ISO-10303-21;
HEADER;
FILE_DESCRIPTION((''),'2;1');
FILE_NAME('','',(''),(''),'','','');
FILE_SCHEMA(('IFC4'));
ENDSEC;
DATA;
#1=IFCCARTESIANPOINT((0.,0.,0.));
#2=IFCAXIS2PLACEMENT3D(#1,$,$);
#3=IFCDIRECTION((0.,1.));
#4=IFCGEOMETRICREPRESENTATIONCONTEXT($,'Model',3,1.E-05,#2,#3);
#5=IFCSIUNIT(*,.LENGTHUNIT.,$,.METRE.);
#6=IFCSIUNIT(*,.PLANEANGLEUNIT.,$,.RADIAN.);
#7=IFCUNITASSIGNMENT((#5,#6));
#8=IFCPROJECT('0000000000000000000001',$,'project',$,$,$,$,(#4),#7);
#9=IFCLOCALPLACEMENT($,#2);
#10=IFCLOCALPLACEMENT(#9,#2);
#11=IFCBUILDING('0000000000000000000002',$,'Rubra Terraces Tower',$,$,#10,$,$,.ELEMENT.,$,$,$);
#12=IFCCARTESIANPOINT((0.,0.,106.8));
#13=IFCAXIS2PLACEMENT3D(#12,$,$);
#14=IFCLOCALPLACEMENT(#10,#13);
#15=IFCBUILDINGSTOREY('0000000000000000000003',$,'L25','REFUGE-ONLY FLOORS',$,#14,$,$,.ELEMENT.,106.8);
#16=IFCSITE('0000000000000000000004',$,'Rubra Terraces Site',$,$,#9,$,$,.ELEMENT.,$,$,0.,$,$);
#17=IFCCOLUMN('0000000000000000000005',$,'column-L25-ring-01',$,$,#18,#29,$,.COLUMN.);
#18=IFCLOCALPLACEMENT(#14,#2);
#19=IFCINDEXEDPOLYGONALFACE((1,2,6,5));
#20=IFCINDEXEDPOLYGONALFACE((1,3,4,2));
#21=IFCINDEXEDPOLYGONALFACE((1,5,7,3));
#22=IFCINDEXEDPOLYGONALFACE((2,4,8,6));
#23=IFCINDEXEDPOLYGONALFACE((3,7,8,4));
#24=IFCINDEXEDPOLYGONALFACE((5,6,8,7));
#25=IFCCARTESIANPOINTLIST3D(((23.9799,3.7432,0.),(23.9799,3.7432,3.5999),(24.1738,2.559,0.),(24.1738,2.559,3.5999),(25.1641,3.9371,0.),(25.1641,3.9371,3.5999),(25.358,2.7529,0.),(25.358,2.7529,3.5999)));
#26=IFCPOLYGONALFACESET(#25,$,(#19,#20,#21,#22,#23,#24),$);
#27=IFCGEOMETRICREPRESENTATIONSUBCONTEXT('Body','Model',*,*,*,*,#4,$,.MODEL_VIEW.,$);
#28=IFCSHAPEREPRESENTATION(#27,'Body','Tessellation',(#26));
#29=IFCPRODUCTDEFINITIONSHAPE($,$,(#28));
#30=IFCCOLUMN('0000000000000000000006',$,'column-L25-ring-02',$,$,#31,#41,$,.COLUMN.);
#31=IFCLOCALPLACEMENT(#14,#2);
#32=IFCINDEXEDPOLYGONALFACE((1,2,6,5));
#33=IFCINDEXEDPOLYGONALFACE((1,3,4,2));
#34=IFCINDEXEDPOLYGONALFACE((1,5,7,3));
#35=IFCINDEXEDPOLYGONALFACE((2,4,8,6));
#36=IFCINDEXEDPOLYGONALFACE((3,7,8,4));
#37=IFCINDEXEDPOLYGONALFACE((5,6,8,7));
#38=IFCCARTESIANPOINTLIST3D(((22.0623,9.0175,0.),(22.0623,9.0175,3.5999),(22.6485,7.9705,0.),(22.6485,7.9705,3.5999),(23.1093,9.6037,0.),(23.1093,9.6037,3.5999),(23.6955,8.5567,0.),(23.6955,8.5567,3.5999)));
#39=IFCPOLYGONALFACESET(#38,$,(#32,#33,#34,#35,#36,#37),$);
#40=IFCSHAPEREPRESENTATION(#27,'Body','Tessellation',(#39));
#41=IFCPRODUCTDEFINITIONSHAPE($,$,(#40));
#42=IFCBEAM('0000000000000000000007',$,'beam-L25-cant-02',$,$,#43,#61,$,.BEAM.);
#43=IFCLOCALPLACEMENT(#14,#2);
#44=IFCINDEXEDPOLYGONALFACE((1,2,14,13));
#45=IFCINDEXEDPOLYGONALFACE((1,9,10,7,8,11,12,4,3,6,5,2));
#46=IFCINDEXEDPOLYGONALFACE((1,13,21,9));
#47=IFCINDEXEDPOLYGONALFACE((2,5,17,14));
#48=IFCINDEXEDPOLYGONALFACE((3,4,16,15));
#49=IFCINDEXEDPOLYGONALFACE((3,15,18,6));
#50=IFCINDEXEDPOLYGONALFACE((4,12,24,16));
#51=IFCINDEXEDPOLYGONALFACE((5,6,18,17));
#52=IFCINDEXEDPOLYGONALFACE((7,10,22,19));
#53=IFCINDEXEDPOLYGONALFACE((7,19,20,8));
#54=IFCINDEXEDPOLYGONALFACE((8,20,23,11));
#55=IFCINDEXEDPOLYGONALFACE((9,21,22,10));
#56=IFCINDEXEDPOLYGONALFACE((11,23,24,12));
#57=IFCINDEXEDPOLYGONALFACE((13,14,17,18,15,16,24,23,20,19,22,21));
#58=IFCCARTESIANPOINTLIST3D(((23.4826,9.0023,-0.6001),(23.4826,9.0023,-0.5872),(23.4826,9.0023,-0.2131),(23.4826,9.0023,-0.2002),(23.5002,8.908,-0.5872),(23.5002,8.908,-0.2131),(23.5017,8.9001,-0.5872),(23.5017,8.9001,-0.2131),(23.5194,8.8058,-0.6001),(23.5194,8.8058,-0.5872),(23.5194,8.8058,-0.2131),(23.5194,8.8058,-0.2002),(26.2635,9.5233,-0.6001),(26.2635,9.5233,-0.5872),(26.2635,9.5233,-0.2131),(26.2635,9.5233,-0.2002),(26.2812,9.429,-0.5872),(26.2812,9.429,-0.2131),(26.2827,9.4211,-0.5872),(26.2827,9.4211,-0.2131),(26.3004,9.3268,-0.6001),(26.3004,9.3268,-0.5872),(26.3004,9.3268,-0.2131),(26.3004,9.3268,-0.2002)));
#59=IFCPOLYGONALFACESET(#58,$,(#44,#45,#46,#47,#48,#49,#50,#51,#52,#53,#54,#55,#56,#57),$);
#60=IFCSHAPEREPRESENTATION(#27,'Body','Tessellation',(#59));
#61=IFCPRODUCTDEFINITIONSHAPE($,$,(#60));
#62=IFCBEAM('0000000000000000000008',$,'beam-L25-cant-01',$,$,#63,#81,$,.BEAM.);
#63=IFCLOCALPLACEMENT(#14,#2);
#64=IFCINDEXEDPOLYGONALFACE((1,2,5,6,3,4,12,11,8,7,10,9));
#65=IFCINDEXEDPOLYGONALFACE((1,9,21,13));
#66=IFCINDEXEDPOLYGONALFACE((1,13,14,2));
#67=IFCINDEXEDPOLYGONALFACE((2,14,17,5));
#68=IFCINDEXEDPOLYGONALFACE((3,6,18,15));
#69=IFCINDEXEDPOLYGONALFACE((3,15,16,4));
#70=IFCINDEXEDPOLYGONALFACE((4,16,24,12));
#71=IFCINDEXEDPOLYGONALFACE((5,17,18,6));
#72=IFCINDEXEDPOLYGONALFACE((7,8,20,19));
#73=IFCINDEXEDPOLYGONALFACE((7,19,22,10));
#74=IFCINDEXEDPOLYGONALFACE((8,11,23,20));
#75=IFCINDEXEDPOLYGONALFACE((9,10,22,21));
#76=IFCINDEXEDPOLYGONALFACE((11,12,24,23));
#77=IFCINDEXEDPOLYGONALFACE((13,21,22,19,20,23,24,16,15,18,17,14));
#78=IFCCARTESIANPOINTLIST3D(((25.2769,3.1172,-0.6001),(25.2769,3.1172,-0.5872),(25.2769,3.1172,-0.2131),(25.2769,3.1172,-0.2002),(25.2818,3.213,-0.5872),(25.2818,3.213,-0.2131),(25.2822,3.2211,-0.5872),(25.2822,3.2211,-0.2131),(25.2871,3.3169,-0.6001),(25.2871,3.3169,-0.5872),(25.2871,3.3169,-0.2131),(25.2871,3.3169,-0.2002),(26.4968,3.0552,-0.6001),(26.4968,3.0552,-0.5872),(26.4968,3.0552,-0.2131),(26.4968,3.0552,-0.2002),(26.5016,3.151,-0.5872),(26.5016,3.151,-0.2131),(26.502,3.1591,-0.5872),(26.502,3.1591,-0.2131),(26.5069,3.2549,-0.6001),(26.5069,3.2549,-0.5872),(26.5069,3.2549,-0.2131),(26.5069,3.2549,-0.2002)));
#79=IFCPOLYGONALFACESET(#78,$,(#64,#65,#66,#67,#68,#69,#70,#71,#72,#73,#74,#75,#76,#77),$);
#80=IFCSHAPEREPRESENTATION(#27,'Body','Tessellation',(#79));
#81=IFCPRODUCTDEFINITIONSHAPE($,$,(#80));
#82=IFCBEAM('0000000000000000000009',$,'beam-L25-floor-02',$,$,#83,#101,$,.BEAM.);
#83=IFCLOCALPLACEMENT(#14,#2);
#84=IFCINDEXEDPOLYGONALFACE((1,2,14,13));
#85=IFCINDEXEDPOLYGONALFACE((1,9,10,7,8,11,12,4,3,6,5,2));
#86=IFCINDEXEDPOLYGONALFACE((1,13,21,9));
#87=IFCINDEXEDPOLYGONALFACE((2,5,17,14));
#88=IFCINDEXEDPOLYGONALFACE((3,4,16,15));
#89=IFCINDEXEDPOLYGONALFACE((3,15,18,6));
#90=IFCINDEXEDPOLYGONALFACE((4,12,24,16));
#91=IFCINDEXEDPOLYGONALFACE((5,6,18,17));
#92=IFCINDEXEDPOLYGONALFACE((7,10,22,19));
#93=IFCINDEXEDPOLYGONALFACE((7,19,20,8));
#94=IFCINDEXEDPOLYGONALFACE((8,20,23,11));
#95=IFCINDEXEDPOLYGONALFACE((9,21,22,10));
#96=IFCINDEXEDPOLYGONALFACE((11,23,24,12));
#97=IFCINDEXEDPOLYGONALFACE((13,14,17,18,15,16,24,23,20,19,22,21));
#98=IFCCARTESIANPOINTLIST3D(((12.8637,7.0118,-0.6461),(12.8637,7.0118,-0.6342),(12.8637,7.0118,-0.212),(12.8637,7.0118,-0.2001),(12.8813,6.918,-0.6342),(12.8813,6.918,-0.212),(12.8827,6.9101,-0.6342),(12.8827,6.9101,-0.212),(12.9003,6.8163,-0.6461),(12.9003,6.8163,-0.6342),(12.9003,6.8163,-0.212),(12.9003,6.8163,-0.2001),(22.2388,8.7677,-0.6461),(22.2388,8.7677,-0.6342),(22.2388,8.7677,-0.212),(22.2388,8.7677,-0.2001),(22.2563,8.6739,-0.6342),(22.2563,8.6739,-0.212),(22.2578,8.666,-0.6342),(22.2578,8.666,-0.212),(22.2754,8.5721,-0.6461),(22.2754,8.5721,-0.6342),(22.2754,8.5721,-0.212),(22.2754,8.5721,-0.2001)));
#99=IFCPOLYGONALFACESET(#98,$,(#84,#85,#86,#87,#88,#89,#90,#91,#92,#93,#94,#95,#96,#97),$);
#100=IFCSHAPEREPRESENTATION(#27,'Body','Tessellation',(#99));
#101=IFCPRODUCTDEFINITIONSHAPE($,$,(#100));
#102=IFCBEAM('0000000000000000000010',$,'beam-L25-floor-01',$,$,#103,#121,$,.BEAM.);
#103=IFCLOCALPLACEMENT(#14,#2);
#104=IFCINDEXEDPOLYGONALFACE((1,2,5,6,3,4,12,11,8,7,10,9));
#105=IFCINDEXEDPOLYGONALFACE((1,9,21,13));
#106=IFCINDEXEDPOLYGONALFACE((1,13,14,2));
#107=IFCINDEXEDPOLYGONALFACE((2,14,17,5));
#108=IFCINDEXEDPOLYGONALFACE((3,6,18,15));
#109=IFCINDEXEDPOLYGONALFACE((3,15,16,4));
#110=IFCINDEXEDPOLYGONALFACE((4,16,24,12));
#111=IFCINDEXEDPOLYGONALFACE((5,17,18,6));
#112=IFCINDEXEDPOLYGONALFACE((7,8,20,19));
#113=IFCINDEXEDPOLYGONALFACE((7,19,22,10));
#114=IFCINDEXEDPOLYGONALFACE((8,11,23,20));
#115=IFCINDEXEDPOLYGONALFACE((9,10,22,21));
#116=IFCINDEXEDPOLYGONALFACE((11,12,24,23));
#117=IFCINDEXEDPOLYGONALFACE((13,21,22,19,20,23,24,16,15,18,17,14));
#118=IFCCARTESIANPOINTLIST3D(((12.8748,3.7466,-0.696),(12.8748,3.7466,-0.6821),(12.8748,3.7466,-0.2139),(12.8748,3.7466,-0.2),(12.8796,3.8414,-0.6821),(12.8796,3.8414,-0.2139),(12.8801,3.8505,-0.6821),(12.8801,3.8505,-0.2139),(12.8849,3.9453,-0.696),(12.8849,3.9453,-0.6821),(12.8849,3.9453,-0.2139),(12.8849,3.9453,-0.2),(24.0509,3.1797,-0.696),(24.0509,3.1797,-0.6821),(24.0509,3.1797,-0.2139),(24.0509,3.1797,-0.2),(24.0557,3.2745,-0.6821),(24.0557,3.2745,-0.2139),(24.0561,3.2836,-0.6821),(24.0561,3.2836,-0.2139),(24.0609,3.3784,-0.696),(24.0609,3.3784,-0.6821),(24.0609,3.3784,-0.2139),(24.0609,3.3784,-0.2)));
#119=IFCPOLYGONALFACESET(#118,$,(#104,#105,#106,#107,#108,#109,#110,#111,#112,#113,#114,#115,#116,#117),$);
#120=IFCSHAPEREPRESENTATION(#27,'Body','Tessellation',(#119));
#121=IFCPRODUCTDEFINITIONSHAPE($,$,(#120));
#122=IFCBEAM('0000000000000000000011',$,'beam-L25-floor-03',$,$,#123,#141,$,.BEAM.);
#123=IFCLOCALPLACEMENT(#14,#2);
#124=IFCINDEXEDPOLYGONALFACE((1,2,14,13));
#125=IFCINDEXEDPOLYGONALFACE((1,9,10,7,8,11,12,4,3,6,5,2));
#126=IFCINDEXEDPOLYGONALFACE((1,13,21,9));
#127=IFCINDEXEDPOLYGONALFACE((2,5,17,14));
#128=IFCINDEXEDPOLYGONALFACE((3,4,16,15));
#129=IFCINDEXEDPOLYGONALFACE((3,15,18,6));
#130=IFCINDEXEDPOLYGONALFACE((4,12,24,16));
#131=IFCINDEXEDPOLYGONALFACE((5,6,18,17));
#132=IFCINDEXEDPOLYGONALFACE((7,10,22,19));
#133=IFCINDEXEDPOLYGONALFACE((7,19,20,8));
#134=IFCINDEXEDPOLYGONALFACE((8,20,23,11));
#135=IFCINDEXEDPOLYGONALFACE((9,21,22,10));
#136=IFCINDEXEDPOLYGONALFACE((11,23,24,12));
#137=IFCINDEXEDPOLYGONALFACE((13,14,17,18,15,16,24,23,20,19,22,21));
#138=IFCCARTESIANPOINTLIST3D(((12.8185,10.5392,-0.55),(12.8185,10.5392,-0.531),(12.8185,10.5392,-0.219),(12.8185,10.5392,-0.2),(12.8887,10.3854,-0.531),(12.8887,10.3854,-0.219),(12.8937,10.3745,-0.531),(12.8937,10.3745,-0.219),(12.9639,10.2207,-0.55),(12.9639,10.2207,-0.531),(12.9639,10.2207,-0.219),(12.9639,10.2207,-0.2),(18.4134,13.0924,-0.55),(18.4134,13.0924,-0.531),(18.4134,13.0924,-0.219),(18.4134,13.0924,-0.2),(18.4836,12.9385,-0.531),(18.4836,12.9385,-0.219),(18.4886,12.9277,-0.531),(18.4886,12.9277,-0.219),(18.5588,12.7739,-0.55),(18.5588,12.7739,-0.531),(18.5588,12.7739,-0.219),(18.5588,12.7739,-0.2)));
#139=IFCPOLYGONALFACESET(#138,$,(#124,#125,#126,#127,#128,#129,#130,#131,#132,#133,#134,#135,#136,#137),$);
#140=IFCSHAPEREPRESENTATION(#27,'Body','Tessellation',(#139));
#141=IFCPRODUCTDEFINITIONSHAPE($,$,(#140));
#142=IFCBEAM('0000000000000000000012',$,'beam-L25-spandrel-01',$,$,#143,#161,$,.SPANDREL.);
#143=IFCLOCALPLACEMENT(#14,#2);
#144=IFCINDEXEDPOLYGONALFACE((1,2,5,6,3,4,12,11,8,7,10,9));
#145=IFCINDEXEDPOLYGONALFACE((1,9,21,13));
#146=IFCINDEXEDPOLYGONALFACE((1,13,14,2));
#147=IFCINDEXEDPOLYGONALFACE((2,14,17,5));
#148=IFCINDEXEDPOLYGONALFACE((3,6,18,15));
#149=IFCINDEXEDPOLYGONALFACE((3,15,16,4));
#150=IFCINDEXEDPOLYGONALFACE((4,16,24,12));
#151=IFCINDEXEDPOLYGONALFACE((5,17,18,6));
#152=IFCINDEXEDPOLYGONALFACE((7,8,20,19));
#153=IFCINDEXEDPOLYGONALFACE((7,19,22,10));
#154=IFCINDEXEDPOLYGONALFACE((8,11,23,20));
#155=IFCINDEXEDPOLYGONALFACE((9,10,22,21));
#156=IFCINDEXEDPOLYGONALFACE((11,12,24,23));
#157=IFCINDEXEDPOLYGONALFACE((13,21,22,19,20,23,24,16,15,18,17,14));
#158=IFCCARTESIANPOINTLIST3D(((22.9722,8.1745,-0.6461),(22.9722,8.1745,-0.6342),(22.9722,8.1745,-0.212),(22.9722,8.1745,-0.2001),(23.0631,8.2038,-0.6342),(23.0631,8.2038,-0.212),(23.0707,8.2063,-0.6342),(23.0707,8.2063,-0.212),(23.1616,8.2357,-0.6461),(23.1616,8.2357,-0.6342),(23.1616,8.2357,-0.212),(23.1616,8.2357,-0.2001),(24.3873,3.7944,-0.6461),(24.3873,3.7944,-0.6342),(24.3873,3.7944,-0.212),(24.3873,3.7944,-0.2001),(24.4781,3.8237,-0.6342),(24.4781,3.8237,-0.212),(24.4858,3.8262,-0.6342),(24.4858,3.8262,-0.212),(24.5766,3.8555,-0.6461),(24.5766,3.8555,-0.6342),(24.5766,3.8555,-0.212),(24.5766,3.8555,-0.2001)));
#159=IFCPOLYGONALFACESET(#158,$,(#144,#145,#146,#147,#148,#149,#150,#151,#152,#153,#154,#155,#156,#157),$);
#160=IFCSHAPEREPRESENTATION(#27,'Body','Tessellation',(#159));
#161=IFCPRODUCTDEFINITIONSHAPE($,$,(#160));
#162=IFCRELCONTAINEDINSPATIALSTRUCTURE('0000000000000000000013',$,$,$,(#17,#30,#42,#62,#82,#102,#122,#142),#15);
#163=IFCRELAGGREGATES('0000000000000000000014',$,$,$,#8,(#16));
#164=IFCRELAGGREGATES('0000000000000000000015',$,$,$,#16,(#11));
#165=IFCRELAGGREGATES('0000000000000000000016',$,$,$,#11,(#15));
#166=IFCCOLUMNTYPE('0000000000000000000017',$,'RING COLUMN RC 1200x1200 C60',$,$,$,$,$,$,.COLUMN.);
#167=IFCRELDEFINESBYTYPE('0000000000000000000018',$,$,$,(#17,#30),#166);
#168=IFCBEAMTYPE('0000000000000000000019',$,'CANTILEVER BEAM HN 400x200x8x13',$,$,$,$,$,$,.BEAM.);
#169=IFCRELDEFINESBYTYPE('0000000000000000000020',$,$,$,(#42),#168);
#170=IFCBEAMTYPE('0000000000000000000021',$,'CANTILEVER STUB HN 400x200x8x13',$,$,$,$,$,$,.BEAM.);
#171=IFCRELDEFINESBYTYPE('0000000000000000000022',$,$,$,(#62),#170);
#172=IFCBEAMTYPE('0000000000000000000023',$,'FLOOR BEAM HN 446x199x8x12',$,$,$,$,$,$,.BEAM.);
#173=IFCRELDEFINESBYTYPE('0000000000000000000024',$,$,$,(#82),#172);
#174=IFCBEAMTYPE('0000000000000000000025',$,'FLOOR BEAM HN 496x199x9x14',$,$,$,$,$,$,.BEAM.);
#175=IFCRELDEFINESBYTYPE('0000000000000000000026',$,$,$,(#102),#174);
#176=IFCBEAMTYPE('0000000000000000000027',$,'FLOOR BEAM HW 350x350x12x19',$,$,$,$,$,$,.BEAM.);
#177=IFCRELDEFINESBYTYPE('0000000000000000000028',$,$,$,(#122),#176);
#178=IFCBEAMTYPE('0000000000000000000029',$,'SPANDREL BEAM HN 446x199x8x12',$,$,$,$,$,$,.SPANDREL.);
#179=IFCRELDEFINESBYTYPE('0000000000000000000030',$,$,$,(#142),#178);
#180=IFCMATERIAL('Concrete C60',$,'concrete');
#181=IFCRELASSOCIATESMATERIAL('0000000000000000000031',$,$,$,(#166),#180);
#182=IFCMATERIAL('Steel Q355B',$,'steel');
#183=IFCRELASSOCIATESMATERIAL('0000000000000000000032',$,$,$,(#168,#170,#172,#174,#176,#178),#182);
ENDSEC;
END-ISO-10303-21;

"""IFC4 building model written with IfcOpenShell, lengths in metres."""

from ifc_helpers import new_model, si_unit, direction, frame, origin, origin_2d, place, context, subcontext, project, spatial, rectangle, i_section, extrude, material, material_profile, profile_set, type_object, element, save


model = new_model("IFC4")

# Units and contexts
model_context = context("Model", 3, precision=1e-05, world=origin(), true_north=direction((0.0, 1.0)))
body_context = subcontext(model_context, "Body", "Model", "MODEL_VIEW")
ifc_project = project(units=[si_unit("LENGTHUNIT", "METRE"), si_unit("PLANEANGLEUNIT", "RADIAN")], contexts=[model_context])

# Site, building, storey
site_placement = place(None, origin())
site = spatial("IfcSite", under=ifc_project, at=site_placement, Name="Rubra Terraces Site", CompositionType="ELEMENT", RefElevation=0.0)
building_placement = place(site_placement, origin())
building = spatial("IfcBuilding", under=site, at=building_placement, Name="Rubra Terraces Tower", CompositionType="ELEMENT")
storey_placement = place(building_placement, frame((0.0, 0.0, 106.8)))
storey = spatial("IfcBuildingStorey", under=building, at=storey_placement, Name="L25", Description="REFUGE-ONLY FLOORS", CompositionType="ELEMENT", Elevation=106.8)

# Columns
ifc_material_1 = material(Name="Concrete C60", Category="concrete")
ifc_material_profile_1 = material_profile(ifc_material_1, rectangle(XDim=1.2, YDim=1.2, at=origin_2d()), Name="RC 1200x1200")
ifc_profile_set_1 = profile_set([ifc_material_profile_1], Name="Concrete C60")
column_type = type_object("IfcColumnType", Name="RING COLUMN RC 1200x1200 C60", PredefinedType="COLUMN", material=ifc_profile_set_1)
for number, where, z_axis, x_axis, name in (
    (1, (24.6689, 3.248, 0.0), (0.0, 0.0, 1.0), (-0.161559, 0.986863, 0.0), "column-L25-ring-01"),
    (2, (22.8789, 8.7871, 0.0), (0.0, 0.0, 1.0), (-0.488526, 0.872549, 0.0), "column-L25-ring-02"),
):
    element("IfcColumn", number, at=place(storey_placement, frame(where, z_axis=z_axis, x_axis=x_axis)), inside=storey, type_object=column_type, Name=name, PredefinedType="COLUMN", context=body_context, shape_type="SweptSolid", body=[
        extrude(rectangle(XDim=1.2, YDim=1.2, at=origin_2d()), origin(), (0.0, 0.0, 1.0), 3.5999),
    ])

# Beams
ifc_material_2 = material(Name="Steel Q355B", Category="steel")
ifc_material_profile_2 = material_profile(ifc_material_2, i_section(OverallWidth=0.2, OverallDepth=0.3999, WebThickness=0.0081, FlangeThickness=0.0129, at=origin_2d()), Name="HN 400x200x8x13")
ifc_profile_set_2 = profile_set([ifc_material_profile_2], Name="Steel Q355B")
beam_type_1 = type_object("IfcBeamType", Name="CANTILEVER BEAM HN 400x200x8x13", PredefinedType="BEAM", material=ifc_profile_set_2)
beam_1_placement = place(storey_placement, frame((23.501, 8.9041, -0.4001), z_axis=(0.982901, 0.184137, 0.0), x_axis=(-0.184137, 0.982901, 0.0)))
element("IfcBeam", 3, at=beam_1_placement, inside=storey, type_object=beam_type_1, Name="beam-L25-cant-02", PredefinedType="BEAM", context=body_context, shape_type="SweptSolid", body=[
    extrude(i_section(OverallWidth=0.2, OverallDepth=0.3999, WebThickness=0.0081, FlangeThickness=0.0129, at=origin_2d()), origin(), (0.0, 0.0, 1.0), 2.8293),
])
ifc_material_profile_3 = material_profile(ifc_material_2, i_section(OverallWidth=0.2, OverallDepth=0.3999, WebThickness=0.0081, FlangeThickness=0.0129, at=origin_2d()), Name="HN 400x200x8x13")
ifc_profile_set_3 = profile_set([ifc_material_profile_3], Name="Steel Q355B")
beam_type_2 = type_object("IfcBeamType", Name="CANTILEVER STUB HN 400x200x8x13", PredefinedType="BEAM", material=ifc_profile_set_3)
beam_2_placement = place(storey_placement, frame((25.282, 3.217, -0.4001), z_axis=(0.998711, -0.050765, 0.0), x_axis=(0.050765, 0.998711, 0.0)))
element("IfcBeam", 4, at=beam_2_placement, inside=storey, type_object=beam_type_2, Name="beam-L25-cant-01", PredefinedType="BEAM", context=body_context, shape_type="SweptSolid", body=[
    extrude(i_section(OverallWidth=0.2, OverallDepth=0.3999, WebThickness=0.0081, FlangeThickness=0.0129, at=origin_2d()), origin(), (0.0, 0.0, 1.0), 1.2214),
])
ifc_material_profile_4 = material_profile(ifc_material_2, i_section(OverallWidth=0.199, OverallDepth=0.446, WebThickness=0.0081, FlangeThickness=0.012, at=origin_2d()), Name="HN 446x199x8x12")
ifc_profile_set_4 = profile_set([ifc_material_profile_4], Name="Steel Q355B")
beam_type_3 = type_object("IfcBeamType", Name="FLOOR BEAM HN 446x199x8x12", PredefinedType="BEAM", material=ifc_profile_set_4)
beam_3_placement = place(storey_placement, frame((22.2571, 8.6699, -0.4231), z_axis=(-0.982909, -0.184091, 0.0), x_axis=(0.184091, -0.982909, 0.0)))
element("IfcBeam", 5, at=beam_3_placement, inside=storey, type_object=beam_type_3, Name="beam-L25-floor-02", PredefinedType="BEAM", context=body_context, shape_type="SweptSolid", body=[
    extrude(i_section(OverallWidth=0.199, OverallDepth=0.446, WebThickness=0.0081, FlangeThickness=0.012, at=origin_2d()), origin(), (0.0, 0.0, 1.0), 9.5381),
])
ifc_material_profile_5 = material_profile(ifc_material_2, i_section(OverallWidth=0.199, OverallDepth=0.4961, WebThickness=0.009, FlangeThickness=0.0139, at=origin_2d()), Name="HN 496x199x9x14")
ifc_profile_set_5 = profile_set([ifc_material_profile_5], Name="Steel Q355B")
beam_type_4 = type_object("IfcBeamType", Name="FLOOR BEAM HN 496x199x9x14", PredefinedType="BEAM", material=ifc_profile_set_5)
beam_4_placement = place(storey_placement, frame((24.0559, 3.2791, -0.448), z_axis=(-0.998716, 0.050659, 0.0), x_axis=(-0.050659, -0.998716, 0.0)))
element("IfcBeam", 6, at=beam_4_placement, inside=storey, type_object=beam_type_4, Name="beam-L25-floor-01", PredefinedType="BEAM", context=body_context, shape_type="SweptSolid", body=[
    extrude(i_section(OverallWidth=0.199, OverallDepth=0.4961, WebThickness=0.009, FlangeThickness=0.0139, at=origin_2d()), origin(), (0.0, 0.0, 1.0), 11.1904),
])
ifc_material_profile_6 = material_profile(ifc_material_2, i_section(OverallWidth=0.3501, OverallDepth=0.3501, WebThickness=0.012, FlangeThickness=0.019, at=origin_2d()), Name="HW 350x350x12x19")
ifc_profile_set_6 = profile_set([ifc_material_profile_6], Name="Steel Q355B")
beam_type_5 = type_object("IfcBeamType", Name="FLOOR BEAM HW 350x350x12x19", PredefinedType="BEAM", material=ifc_profile_set_6)
beam_5_placement = place(storey_placement, frame((18.4861, 12.9331, -0.375), z_axis=(-0.90975, -0.415157, 0.0), x_axis=(0.415157, -0.90975, 0.0)))
element("IfcBeam", 7, at=beam_5_placement, inside=storey, type_object=beam_type_5, Name="beam-L25-floor-03", PredefinedType="BEAM", context=body_context, shape_type="SweptSolid", body=[
    extrude(i_section(OverallWidth=0.3501, OverallDepth=0.3501, WebThickness=0.012, FlangeThickness=0.019, at=origin_2d()), origin(), (0.0, 0.0, 1.0), 6.1499),
])
ifc_material_profile_7 = material_profile(ifc_material_2, i_section(OverallWidth=0.199, OverallDepth=0.446, WebThickness=0.0081, FlangeThickness=0.012, at=origin_2d()), Name="HN 446x199x8x12")
ifc_profile_set_7 = profile_set([ifc_material_profile_7], Name="Steel Q355B")
beam_type_6 = type_object("IfcBeamType", Name="SPANDREL BEAM HN 446x199x8x12", PredefinedType="SPANDREL", material=ifc_profile_set_7)
beam_6_placement = place(storey_placement, frame((24.4819, 3.825, -0.4231), z_axis=(-0.307415, 0.951576, 0.0), x_axis=(-0.951576, -0.307415, 0.0)))
element("IfcBeam", 8, at=beam_6_placement, inside=storey, type_object=beam_type_6, Name="beam-L25-spandrel-01", PredefinedType="SPANDREL", context=body_context, shape_type="SweptSolid", body=[
    extrude(i_section(OverallWidth=0.199, OverallDepth=0.446, WebThickness=0.0081, FlangeThickness=0.012, at=origin_2d()), origin(), (0.0, 0.0, 1.0), 4.603),
])

save(model, "model.ifc")
